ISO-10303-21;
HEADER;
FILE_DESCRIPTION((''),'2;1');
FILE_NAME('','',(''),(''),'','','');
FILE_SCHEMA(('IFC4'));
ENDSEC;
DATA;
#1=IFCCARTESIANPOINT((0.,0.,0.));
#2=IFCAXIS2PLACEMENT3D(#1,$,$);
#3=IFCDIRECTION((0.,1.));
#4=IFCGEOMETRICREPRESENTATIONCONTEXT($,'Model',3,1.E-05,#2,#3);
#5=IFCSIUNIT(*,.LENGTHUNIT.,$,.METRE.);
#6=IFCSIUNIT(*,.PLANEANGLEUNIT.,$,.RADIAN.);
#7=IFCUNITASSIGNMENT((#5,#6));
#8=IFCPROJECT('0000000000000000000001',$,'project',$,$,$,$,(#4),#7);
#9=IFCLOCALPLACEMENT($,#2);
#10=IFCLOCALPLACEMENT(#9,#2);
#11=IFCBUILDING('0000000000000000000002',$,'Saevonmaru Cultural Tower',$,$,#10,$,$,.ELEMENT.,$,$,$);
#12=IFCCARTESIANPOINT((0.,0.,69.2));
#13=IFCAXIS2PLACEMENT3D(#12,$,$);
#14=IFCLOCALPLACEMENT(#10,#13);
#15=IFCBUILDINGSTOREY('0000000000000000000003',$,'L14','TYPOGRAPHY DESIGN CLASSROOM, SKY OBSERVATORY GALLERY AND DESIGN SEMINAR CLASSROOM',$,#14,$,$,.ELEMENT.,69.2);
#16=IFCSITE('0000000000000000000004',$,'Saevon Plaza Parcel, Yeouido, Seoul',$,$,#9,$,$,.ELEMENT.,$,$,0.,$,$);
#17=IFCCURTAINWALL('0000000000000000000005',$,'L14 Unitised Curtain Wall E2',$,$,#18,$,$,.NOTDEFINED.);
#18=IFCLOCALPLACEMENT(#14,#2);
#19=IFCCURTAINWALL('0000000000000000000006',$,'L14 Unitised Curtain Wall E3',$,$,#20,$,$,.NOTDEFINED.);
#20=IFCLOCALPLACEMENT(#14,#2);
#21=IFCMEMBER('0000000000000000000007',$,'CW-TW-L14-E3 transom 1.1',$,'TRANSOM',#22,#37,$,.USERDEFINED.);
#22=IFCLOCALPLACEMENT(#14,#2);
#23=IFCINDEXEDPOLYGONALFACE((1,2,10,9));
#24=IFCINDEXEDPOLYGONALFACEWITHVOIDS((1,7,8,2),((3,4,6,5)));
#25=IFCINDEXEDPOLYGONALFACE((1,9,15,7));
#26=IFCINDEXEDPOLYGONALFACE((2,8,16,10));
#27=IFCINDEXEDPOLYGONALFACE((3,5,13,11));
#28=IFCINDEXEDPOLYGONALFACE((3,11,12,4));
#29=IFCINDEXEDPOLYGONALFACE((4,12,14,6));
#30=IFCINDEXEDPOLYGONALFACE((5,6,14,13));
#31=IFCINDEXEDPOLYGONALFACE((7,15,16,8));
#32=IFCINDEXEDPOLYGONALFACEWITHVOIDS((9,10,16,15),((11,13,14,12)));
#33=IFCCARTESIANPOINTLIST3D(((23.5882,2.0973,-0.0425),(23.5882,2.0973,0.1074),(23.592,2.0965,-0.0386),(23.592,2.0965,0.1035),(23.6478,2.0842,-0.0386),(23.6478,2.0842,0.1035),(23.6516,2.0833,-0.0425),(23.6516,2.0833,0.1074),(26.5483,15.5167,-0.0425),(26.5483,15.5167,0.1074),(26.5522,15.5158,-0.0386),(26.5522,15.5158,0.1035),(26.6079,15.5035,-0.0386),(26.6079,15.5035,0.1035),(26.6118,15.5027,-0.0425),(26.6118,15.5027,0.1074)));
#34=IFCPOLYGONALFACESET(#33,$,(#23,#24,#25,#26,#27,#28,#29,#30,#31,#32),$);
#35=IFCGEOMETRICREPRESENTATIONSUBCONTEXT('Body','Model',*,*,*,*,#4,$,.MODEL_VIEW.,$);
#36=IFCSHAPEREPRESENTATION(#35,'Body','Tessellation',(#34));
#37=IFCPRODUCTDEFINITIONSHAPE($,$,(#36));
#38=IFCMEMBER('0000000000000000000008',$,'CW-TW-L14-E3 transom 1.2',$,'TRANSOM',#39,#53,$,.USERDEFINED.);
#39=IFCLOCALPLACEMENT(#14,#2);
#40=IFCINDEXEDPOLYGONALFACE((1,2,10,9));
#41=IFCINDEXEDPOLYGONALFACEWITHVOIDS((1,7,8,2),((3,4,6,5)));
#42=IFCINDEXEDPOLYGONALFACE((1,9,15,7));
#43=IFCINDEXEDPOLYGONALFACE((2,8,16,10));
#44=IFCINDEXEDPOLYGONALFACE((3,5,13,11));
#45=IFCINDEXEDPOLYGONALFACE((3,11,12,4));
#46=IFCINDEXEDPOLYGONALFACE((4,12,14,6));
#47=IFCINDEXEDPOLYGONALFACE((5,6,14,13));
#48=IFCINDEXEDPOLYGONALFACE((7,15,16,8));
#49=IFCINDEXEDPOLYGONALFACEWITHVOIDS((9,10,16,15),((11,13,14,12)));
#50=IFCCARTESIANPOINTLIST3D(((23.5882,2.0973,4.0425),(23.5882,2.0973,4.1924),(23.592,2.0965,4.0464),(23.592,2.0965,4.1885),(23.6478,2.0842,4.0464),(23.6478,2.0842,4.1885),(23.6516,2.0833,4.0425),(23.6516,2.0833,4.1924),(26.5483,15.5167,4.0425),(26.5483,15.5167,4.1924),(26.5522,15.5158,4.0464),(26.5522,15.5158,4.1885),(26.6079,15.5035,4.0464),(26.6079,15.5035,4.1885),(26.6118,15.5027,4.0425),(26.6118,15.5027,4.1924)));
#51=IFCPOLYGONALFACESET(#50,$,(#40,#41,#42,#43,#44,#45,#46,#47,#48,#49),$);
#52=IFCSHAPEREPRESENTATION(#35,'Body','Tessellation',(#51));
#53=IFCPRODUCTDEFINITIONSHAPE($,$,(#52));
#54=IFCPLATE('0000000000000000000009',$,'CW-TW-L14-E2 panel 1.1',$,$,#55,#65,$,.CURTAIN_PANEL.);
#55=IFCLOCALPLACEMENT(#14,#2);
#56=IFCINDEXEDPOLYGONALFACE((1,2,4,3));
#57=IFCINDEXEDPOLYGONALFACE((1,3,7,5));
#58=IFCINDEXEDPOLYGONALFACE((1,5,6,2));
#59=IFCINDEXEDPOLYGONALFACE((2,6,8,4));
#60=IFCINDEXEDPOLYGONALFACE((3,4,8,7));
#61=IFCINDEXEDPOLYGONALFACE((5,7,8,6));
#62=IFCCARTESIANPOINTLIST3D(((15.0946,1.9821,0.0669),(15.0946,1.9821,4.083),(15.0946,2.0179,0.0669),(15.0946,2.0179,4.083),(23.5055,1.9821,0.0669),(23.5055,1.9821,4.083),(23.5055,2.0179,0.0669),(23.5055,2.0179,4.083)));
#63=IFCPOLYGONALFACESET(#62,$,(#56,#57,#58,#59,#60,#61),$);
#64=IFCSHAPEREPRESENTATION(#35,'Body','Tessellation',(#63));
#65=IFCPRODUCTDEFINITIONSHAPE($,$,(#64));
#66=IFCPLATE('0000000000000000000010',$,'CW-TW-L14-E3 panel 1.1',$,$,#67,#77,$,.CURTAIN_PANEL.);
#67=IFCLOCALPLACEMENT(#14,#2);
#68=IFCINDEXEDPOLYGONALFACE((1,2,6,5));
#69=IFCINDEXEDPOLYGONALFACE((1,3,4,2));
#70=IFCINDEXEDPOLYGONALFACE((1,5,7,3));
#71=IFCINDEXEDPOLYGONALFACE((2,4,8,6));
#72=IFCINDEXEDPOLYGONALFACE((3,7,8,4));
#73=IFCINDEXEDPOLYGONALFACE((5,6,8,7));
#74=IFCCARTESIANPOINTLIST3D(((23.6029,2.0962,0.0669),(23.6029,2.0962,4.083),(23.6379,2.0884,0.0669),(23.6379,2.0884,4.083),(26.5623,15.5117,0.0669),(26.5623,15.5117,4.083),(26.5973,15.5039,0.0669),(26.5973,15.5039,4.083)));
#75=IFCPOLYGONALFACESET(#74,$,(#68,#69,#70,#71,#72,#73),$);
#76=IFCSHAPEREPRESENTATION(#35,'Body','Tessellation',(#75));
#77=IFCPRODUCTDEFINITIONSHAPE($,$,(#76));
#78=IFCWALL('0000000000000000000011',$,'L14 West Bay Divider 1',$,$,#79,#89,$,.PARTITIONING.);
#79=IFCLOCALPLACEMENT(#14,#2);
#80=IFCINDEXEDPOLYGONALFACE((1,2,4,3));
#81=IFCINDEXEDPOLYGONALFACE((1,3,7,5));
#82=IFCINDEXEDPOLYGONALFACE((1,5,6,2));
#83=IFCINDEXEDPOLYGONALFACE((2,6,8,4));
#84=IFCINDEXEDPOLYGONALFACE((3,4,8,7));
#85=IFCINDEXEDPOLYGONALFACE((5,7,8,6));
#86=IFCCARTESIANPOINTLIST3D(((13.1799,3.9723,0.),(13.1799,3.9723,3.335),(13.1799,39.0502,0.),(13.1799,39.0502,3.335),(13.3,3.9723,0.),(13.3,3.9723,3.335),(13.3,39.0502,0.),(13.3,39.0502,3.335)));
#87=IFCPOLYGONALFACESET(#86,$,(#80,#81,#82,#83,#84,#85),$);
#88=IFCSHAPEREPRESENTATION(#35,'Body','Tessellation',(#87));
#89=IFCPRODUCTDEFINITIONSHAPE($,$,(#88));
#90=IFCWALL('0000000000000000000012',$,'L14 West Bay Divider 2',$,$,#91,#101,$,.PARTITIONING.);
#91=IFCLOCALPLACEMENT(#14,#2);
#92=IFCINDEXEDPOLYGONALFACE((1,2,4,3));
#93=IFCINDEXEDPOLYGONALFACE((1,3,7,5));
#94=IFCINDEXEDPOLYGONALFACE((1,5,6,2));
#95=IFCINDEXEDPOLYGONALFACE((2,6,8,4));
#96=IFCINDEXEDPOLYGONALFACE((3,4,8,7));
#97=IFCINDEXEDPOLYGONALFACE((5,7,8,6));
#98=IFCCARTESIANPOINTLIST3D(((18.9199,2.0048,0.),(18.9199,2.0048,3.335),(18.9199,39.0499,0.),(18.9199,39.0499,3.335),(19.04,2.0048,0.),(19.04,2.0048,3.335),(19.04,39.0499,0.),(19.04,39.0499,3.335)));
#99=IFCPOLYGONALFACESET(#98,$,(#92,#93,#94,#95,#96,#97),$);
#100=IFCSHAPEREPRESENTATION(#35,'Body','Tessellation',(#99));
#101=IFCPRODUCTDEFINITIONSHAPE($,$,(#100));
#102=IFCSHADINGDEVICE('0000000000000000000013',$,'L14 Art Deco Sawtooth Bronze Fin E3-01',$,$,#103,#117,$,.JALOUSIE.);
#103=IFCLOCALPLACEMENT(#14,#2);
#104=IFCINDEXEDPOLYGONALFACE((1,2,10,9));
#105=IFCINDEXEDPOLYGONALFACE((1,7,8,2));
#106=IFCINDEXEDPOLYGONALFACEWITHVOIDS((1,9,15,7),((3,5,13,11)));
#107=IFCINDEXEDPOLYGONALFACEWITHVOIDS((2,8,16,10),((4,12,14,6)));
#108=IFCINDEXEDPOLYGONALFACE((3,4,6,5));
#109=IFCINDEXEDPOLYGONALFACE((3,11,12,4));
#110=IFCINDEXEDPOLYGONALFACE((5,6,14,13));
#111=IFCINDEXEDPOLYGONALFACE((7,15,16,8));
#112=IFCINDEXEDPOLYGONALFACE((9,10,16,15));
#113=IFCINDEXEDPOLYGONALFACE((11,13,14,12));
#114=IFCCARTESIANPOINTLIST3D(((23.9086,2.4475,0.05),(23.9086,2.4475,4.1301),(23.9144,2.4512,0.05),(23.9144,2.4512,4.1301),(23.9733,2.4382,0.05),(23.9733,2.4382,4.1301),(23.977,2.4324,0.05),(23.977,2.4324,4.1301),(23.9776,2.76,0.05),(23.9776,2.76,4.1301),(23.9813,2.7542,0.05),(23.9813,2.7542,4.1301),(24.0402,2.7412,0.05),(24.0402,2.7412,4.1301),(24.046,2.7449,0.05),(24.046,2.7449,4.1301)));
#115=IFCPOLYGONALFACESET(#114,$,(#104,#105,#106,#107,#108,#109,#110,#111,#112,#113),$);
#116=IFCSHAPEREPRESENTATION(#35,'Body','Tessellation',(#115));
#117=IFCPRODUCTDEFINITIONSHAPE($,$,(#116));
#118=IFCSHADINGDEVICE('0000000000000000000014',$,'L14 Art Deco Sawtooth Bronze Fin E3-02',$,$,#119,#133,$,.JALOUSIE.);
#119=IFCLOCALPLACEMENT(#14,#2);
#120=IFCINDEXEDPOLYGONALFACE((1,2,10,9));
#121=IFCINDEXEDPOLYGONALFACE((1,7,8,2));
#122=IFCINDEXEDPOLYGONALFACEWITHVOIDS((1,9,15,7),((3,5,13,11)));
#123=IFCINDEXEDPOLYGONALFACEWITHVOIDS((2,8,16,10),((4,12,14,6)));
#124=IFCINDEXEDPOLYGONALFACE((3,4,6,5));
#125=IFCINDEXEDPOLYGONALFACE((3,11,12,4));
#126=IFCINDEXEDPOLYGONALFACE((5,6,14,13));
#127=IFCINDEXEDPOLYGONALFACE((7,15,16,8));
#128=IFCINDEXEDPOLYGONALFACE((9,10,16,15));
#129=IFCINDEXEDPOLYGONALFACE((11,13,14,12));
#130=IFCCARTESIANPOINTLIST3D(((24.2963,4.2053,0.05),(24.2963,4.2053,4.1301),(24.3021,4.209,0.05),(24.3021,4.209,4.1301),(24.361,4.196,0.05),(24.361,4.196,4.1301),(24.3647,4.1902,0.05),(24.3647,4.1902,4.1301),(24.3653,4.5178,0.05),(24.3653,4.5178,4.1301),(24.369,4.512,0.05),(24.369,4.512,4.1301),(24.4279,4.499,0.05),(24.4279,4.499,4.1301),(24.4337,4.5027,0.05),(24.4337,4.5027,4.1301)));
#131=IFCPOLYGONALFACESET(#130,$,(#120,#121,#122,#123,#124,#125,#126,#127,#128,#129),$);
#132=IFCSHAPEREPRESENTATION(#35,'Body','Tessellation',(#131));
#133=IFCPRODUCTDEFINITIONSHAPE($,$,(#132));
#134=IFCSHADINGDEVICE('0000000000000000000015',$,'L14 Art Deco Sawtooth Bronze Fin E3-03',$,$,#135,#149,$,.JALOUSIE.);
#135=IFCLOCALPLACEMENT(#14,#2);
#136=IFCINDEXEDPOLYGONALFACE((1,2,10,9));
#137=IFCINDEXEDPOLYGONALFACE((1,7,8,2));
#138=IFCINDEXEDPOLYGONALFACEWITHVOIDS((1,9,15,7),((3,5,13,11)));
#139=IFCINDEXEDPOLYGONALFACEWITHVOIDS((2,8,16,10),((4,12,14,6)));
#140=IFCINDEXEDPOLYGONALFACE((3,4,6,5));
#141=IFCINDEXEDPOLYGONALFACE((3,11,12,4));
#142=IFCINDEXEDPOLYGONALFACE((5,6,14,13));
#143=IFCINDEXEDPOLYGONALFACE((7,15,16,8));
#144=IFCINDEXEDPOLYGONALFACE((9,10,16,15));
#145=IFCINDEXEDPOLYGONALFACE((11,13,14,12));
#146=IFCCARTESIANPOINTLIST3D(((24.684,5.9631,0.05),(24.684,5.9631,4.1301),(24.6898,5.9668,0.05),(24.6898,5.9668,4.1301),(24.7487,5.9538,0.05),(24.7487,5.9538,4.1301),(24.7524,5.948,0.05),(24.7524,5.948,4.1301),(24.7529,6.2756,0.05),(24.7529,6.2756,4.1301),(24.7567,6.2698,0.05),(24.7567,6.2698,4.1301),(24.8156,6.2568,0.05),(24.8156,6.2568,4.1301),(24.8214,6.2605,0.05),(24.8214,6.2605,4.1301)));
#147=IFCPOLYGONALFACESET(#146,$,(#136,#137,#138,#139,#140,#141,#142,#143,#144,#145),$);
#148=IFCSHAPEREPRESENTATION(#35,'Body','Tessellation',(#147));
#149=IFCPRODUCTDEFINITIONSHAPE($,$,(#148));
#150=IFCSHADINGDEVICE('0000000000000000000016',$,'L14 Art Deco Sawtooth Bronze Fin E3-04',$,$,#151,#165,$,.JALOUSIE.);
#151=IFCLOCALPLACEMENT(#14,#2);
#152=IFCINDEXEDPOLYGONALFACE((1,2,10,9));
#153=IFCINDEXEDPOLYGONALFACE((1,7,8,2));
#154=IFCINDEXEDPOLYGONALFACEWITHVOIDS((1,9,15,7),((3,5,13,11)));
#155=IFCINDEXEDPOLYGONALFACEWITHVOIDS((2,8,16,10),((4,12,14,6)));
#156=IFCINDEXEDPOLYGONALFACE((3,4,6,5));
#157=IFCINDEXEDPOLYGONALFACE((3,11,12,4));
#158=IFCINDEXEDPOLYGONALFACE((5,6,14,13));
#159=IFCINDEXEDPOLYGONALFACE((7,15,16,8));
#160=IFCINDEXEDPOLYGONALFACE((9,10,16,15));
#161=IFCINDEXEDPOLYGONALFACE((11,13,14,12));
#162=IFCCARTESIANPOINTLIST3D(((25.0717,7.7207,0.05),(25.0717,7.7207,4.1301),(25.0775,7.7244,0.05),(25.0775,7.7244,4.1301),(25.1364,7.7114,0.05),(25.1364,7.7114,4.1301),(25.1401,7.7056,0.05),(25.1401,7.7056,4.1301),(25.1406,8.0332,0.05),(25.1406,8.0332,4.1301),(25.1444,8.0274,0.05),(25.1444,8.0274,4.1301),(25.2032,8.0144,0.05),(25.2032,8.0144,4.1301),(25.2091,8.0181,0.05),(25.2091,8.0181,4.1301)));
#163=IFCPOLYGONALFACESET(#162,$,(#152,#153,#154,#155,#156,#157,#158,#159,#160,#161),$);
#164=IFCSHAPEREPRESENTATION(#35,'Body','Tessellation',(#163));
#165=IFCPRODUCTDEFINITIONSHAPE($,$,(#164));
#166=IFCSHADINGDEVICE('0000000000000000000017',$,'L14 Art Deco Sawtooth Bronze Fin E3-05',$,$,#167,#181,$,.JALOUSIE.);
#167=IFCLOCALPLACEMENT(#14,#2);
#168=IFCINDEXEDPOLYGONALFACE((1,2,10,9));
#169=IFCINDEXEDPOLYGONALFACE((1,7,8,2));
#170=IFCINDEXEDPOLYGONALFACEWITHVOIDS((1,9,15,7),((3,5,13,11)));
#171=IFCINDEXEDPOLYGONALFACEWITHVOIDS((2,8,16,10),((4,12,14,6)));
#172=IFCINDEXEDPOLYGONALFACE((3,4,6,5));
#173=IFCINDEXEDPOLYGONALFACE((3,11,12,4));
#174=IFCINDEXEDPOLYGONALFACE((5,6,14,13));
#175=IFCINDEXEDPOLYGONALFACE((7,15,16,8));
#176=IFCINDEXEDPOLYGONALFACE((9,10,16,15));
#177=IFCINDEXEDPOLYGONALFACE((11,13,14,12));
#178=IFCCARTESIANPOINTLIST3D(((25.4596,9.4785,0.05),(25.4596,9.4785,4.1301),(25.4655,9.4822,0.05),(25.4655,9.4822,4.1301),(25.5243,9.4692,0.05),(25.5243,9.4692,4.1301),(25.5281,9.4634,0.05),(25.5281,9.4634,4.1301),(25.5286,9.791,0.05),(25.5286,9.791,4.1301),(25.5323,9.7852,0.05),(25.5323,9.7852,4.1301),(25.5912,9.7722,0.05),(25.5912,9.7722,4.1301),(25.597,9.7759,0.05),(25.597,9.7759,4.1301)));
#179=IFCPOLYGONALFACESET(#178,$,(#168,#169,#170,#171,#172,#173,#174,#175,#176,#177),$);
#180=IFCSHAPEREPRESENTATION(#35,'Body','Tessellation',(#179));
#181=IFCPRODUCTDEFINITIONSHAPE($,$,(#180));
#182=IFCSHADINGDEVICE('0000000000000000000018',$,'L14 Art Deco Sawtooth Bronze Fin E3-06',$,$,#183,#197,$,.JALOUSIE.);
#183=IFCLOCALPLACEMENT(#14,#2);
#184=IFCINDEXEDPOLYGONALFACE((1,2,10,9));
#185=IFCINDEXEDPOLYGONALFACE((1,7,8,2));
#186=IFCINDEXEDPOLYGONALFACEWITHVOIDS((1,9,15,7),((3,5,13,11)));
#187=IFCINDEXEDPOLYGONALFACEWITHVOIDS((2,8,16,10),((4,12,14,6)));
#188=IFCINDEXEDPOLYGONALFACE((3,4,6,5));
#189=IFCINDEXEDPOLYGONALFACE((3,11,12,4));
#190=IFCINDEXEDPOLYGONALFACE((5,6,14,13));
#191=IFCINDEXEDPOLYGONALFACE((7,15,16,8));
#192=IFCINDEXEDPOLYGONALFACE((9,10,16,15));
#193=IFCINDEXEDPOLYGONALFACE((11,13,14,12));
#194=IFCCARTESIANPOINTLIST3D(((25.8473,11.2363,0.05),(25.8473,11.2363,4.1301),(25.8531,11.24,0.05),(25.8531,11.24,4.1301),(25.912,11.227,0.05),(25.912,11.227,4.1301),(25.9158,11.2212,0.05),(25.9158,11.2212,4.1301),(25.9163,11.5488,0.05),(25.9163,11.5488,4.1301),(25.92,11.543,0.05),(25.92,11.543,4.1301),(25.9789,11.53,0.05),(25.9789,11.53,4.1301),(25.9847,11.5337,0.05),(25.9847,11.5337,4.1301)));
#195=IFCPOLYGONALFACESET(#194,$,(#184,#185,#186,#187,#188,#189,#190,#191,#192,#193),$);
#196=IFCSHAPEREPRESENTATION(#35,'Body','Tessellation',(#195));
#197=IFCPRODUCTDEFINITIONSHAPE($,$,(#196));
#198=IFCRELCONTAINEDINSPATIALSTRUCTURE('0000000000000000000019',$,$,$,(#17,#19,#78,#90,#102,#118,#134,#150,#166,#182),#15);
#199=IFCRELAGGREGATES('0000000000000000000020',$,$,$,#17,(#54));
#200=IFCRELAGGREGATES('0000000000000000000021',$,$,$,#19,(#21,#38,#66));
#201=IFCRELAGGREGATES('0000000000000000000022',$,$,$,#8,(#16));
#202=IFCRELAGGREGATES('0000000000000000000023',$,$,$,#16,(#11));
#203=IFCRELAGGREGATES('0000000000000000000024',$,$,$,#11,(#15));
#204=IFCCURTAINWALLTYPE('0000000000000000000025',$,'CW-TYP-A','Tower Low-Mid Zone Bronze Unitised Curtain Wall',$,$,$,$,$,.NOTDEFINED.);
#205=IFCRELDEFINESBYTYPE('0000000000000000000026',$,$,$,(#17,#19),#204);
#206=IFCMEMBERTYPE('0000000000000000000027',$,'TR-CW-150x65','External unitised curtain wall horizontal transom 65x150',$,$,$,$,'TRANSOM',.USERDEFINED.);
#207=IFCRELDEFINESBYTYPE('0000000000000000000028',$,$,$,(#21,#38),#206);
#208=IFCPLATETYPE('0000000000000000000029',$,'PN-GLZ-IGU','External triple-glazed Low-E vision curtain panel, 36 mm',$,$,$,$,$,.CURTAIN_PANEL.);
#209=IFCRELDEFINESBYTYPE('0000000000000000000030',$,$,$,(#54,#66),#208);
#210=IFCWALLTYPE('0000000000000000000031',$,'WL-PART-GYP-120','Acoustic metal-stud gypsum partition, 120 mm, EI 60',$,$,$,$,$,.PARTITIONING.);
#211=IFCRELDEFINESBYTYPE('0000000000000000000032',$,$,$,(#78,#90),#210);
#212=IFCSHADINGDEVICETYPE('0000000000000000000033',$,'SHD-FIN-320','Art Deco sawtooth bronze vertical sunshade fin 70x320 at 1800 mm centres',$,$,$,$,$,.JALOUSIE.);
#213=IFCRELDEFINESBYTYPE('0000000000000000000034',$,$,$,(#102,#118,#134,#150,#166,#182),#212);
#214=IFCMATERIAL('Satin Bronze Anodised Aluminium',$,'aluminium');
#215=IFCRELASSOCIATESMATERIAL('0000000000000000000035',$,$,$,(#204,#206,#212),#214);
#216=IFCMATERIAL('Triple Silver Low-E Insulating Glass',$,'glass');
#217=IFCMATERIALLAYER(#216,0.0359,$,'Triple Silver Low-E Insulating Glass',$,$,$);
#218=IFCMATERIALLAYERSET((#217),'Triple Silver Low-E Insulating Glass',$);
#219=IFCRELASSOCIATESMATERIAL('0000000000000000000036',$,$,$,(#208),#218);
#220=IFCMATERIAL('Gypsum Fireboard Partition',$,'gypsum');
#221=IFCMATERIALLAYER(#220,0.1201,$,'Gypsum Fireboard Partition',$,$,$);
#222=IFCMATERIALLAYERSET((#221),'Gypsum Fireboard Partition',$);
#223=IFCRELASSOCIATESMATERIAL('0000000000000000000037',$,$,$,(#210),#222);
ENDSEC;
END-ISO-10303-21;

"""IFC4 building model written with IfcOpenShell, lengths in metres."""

from ifc_helpers import new_model, si_unit, direction, frame, frame_2d, origin, origin_2d, place, context, subcontext, project, spatial, rectangle, hollow_rectangle, extrude, material, layer, layer_set, material_profile, profile_set, type_object, element, aggregate, save


model = new_model("IFC4")

# Units and contexts
model_context = context("Model", 3, precision=1e-05, world=origin(), true_north=direction((0.0, 1.0)))
body_context = subcontext(model_context, "Body", "Model", "MODEL_VIEW")
ifc_project = project(units=[si_unit("LENGTHUNIT", "METRE"), si_unit("PLANEANGLEUNIT", "RADIAN")], contexts=[model_context])

# Site, building, storey
site_placement = place(None, origin())
site = spatial("IfcSite", under=ifc_project, at=site_placement, Name="Saevon Plaza Parcel, Yeouido, Seoul", CompositionType="ELEMENT", RefElevation=0.0)
building_placement = place(site_placement, origin())
building = spatial("IfcBuilding", under=site, at=building_placement, Name="Saevonmaru Cultural Tower", CompositionType="ELEMENT")
storey_placement = place(building_placement, frame((0.0, 0.0, 69.2)))
storey = spatial("IfcBuildingStorey", under=building, at=storey_placement, Name="L14", Description="TYPOGRAPHY DESIGN CLASSROOM, SKY OBSERVATORY GALLERY AND DESIGN SEMINAR CLASSROOM", CompositionType="ELEMENT", Elevation=69.2)

# Curtain wall
ifc_material_1 = material(Name="Satin Bronze Anodised Aluminium", Category="aluminium")
curtain_wall_type = type_object("IfcCurtainWallType", Name="CW-TYP-A", Description="Tower Low-Mid Zone Bronze Unitised Curtain Wall", PredefinedType="NOTDEFINED", material=ifc_material_1)
curtain_wall_1_placement = place(storey_placement, origin())
curtain_wall_1 = element("IfcCurtainWall", 1, at=curtain_wall_1_placement, inside=storey, type_object=curtain_wall_type, Name="L14 Unitised Curtain Wall E2", PredefinedType="NOTDEFINED")

# Curtain wall
curtain_wall_2_placement = place(storey_placement, origin())
curtain_wall_2 = element("IfcCurtainWall", 2, at=curtain_wall_2_placement, inside=storey, type_object=curtain_wall_type, Name="L14 Unitised Curtain Wall E3", PredefinedType="NOTDEFINED")

# Members
ifc_material_profile_1 = material_profile(ifc_material_1, hollow_rectangle(XDim=0.0649, YDim=0.1499, WallThickness=0.0039, at=origin_2d()), Name="ALU-TRAN-150x65x4")
ifc_profile_set_1 = profile_set([ifc_material_profile_1], Name="Satin Bronze Anodised Aluminium")
member_type_1 = type_object("IfcMemberType", Name="TR-CW-150x65", Description="External unitised curtain wall horizontal transom 65x150", ElementType="TRANSOM", PredefinedType="USERDEFINED", material=ifc_profile_set_1)
member_1_placement = place(storey_placement, frame((23.6199, 2.0903, 0.0325), z_axis=(0.215412, 0.976523, 0.0), x_axis=(-0.976523, 0.215412, 0.0)))
member_1 = element("IfcMember", 3, at=member_1_placement, type_object=member_type_1, Name="CW-TW-L14-E3 transom 1.1", ObjectType="TRANSOM", PredefinedType="USERDEFINED", context=body_context, shape_type="SweptSolid", body=[
    extrude(hollow_rectangle(XDim=0.0649, YDim=0.1499, WallThickness=0.0039, at=origin_2d()), origin(), (0.0, 0.0, 1.0), 13.7419),
])
member_2_placement = place(storey_placement, frame((23.6199, 2.0903, 4.1174), z_axis=(0.215412, 0.976523, 0.0), x_axis=(-0.976523, 0.215412, 0.0)))
member_2 = element("IfcMember", 4, at=member_2_placement, type_object=member_type_1, Name="CW-TW-L14-E3 transom 1.2", ObjectType="TRANSOM", PredefinedType="USERDEFINED", context=body_context, shape_type="SweptSolid", body=[
    extrude(hollow_rectangle(XDim=0.0649, YDim=0.1499, WallThickness=0.0039, at=origin_2d()), origin(), (0.0, 0.0, 1.0), 13.7419),
])

# Plates
ifc_material_2 = material(Name="Triple Silver Low-E Insulating Glass", Category="glass")
ifc_layer_1 = layer(ifc_material_2, 0.0359, Name="Triple Silver Low-E Insulating Glass")
ifc_layer_set_1 = layer_set([ifc_layer_1], Name="Triple Silver Low-E Insulating Glass")
plate_type = type_object("IfcPlateType", Name="PN-GLZ-IGU", Description="External triple-glazed Low-E vision curtain panel, 36 mm", PredefinedType="CURTAIN_PANEL", material=ifc_layer_set_1)
plate_1_placement = place(storey_placement, frame((19.3, 2.0, 0.0669), z_axis=(0.0, 0.0, 1.0), x_axis=(1.0, 0.0, 0.0)))
plate_1 = element("IfcPlate", 5, at=plate_1_placement, type_object=plate_type, Name="CW-TW-L14-E2 panel 1.1", PredefinedType="CURTAIN_PANEL", context=body_context, shape_type="SweptSolid", body=[
    extrude(rectangle(XDim=8.4109, YDim=0.0359, at=origin_2d()), origin(), (0.0, 0.0, 1.0), 4.0161),
])
aggregate(curtain_wall_1, [plate_1])
plate_2_placement = place(storey_placement, frame((25.1001, 8.8, 0.0669), z_axis=(0.0, 0.0, 1.0), x_axis=(0.215413, 0.976523, 0.0)))
plate_2 = element("IfcPlate", 6, at=plate_2_placement, type_object=plate_type, Name="CW-TW-L14-E3 panel 1.1", PredefinedType="CURTAIN_PANEL", context=body_context, shape_type="SweptSolid", body=[
    extrude(rectangle(XDim=13.738, YDim=0.0359, at=origin_2d()), origin(), (0.0, 0.0, 1.0), 4.0161),
])
aggregate(curtain_wall_2, [member_1, member_2, plate_2])

# Walls
ifc_material_3 = material(Name="Gypsum Fireboard Partition", Category="gypsum")
ifc_layer_2 = layer(ifc_material_3, 0.1201, Name="Gypsum Fireboard Partition")
ifc_layer_set_2 = layer_set([ifc_layer_2], Name="Gypsum Fireboard Partition")
wall_type = type_object("IfcWallType", Name="WL-PART-GYP-120", Description="Acoustic metal-stud gypsum partition, 120 mm, EI 60", PredefinedType="PARTITIONING", material=ifc_layer_set_2)
wall_1_placement = place(storey_placement, frame((13.24, 3.9722, 0.0), z_axis=(0.0, 0.0, 1.0), x_axis=(0.0, 1.0, 0.0)))
element("IfcWall", 7, at=wall_1_placement, inside=storey, type_object=wall_type, Name="L14 West Bay Divider 1", PredefinedType="PARTITIONING", context=body_context, shape_type="SweptSolid", body=[
    extrude(rectangle(XDim=35.0779, YDim=0.1201, at=frame_2d((17.5391, 0.0))), origin(), (0.0, 0.0, 1.0), 3.335),
])
wall_2_placement = place(storey_placement, frame((18.98, 2.0049, 0.0), z_axis=(0.0, 0.0, 1.0), x_axis=(0.0, 1.0, 0.0)))
element("IfcWall", 8, at=wall_2_placement, inside=storey, type_object=wall_type, Name="L14 West Bay Divider 2", PredefinedType="PARTITIONING", context=body_context, shape_type="SweptSolid", body=[
    extrude(rectangle(XDim=37.0452, YDim=0.1201, at=frame_2d((18.5225, 0.0))), origin(), (0.0, 0.0, 1.0), 3.335),
])

# Shading devices
ifc_material_profile_2 = material_profile(ifc_material_1, hollow_rectangle(XDim=0.0701, YDim=0.3201, WallThickness=0.0049, at=origin_2d()), Name="FIN-320x70")
ifc_profile_set_2 = profile_set([ifc_material_profile_2], Name="Satin Bronze Anodised Aluminium")
shading_device_type = type_object("IfcShadingDeviceType", Name="SHD-FIN-320", Description="Art Deco sawtooth bronze vertical sunshade fin 70x320 at 1800 mm centres", PredefinedType="JALOUSIE", material=ifc_profile_set_2)
for number, where, z_axis, x_axis, name in (
    (9, (23.9773, 2.5962, 0.05), (0.0, 0.0, 1.0), (0.976522, -0.215417, 0.0), "L14 Art Deco Sawtooth Bronze Fin E3-01"),
    (10, (24.365, 4.354, 0.05), (0.0, 0.0, 1.0), (0.976522, -0.215417, 0.0), "L14 Art Deco Sawtooth Bronze Fin E3-02"),
    (11, (24.7527, 6.1118, 0.05), (0.0, 0.0, 1.0), (0.976522, -0.215417, 0.0), "L14 Art Deco Sawtooth Bronze Fin E3-03"),
    (12, (25.1404, 7.8694, 0.05), (0.0, 0.0, 1.0), (0.976522, -0.215417, 0.0), "L14 Art Deco Sawtooth Bronze Fin E3-04"),
    (13, (25.5283, 9.6272, 0.05), (0.0, 0.0, 1.0), (0.976522, -0.215417, 0.0), "L14 Art Deco Sawtooth Bronze Fin E3-05"),
    (14, (25.916, 11.385, 0.05), (0.0, 0.0, 1.0), (0.976522, -0.215417, 0.0), "L14 Art Deco Sawtooth Bronze Fin E3-06"),
):
    element("IfcShadingDevice", number, at=place(storey_placement, frame(where, z_axis=z_axis, x_axis=x_axis)), inside=storey, type_object=shading_device_type, Name=name, PredefinedType="JALOUSIE", context=body_context, shape_type="SweptSolid", body=[
        extrude(hollow_rectangle(XDim=0.0701, YDim=0.3201, WallThickness=0.0049, at=origin_2d()), origin(), (0.0, 0.0, 1.0), 4.0801),
    ])

save(model, "model.ifc")
